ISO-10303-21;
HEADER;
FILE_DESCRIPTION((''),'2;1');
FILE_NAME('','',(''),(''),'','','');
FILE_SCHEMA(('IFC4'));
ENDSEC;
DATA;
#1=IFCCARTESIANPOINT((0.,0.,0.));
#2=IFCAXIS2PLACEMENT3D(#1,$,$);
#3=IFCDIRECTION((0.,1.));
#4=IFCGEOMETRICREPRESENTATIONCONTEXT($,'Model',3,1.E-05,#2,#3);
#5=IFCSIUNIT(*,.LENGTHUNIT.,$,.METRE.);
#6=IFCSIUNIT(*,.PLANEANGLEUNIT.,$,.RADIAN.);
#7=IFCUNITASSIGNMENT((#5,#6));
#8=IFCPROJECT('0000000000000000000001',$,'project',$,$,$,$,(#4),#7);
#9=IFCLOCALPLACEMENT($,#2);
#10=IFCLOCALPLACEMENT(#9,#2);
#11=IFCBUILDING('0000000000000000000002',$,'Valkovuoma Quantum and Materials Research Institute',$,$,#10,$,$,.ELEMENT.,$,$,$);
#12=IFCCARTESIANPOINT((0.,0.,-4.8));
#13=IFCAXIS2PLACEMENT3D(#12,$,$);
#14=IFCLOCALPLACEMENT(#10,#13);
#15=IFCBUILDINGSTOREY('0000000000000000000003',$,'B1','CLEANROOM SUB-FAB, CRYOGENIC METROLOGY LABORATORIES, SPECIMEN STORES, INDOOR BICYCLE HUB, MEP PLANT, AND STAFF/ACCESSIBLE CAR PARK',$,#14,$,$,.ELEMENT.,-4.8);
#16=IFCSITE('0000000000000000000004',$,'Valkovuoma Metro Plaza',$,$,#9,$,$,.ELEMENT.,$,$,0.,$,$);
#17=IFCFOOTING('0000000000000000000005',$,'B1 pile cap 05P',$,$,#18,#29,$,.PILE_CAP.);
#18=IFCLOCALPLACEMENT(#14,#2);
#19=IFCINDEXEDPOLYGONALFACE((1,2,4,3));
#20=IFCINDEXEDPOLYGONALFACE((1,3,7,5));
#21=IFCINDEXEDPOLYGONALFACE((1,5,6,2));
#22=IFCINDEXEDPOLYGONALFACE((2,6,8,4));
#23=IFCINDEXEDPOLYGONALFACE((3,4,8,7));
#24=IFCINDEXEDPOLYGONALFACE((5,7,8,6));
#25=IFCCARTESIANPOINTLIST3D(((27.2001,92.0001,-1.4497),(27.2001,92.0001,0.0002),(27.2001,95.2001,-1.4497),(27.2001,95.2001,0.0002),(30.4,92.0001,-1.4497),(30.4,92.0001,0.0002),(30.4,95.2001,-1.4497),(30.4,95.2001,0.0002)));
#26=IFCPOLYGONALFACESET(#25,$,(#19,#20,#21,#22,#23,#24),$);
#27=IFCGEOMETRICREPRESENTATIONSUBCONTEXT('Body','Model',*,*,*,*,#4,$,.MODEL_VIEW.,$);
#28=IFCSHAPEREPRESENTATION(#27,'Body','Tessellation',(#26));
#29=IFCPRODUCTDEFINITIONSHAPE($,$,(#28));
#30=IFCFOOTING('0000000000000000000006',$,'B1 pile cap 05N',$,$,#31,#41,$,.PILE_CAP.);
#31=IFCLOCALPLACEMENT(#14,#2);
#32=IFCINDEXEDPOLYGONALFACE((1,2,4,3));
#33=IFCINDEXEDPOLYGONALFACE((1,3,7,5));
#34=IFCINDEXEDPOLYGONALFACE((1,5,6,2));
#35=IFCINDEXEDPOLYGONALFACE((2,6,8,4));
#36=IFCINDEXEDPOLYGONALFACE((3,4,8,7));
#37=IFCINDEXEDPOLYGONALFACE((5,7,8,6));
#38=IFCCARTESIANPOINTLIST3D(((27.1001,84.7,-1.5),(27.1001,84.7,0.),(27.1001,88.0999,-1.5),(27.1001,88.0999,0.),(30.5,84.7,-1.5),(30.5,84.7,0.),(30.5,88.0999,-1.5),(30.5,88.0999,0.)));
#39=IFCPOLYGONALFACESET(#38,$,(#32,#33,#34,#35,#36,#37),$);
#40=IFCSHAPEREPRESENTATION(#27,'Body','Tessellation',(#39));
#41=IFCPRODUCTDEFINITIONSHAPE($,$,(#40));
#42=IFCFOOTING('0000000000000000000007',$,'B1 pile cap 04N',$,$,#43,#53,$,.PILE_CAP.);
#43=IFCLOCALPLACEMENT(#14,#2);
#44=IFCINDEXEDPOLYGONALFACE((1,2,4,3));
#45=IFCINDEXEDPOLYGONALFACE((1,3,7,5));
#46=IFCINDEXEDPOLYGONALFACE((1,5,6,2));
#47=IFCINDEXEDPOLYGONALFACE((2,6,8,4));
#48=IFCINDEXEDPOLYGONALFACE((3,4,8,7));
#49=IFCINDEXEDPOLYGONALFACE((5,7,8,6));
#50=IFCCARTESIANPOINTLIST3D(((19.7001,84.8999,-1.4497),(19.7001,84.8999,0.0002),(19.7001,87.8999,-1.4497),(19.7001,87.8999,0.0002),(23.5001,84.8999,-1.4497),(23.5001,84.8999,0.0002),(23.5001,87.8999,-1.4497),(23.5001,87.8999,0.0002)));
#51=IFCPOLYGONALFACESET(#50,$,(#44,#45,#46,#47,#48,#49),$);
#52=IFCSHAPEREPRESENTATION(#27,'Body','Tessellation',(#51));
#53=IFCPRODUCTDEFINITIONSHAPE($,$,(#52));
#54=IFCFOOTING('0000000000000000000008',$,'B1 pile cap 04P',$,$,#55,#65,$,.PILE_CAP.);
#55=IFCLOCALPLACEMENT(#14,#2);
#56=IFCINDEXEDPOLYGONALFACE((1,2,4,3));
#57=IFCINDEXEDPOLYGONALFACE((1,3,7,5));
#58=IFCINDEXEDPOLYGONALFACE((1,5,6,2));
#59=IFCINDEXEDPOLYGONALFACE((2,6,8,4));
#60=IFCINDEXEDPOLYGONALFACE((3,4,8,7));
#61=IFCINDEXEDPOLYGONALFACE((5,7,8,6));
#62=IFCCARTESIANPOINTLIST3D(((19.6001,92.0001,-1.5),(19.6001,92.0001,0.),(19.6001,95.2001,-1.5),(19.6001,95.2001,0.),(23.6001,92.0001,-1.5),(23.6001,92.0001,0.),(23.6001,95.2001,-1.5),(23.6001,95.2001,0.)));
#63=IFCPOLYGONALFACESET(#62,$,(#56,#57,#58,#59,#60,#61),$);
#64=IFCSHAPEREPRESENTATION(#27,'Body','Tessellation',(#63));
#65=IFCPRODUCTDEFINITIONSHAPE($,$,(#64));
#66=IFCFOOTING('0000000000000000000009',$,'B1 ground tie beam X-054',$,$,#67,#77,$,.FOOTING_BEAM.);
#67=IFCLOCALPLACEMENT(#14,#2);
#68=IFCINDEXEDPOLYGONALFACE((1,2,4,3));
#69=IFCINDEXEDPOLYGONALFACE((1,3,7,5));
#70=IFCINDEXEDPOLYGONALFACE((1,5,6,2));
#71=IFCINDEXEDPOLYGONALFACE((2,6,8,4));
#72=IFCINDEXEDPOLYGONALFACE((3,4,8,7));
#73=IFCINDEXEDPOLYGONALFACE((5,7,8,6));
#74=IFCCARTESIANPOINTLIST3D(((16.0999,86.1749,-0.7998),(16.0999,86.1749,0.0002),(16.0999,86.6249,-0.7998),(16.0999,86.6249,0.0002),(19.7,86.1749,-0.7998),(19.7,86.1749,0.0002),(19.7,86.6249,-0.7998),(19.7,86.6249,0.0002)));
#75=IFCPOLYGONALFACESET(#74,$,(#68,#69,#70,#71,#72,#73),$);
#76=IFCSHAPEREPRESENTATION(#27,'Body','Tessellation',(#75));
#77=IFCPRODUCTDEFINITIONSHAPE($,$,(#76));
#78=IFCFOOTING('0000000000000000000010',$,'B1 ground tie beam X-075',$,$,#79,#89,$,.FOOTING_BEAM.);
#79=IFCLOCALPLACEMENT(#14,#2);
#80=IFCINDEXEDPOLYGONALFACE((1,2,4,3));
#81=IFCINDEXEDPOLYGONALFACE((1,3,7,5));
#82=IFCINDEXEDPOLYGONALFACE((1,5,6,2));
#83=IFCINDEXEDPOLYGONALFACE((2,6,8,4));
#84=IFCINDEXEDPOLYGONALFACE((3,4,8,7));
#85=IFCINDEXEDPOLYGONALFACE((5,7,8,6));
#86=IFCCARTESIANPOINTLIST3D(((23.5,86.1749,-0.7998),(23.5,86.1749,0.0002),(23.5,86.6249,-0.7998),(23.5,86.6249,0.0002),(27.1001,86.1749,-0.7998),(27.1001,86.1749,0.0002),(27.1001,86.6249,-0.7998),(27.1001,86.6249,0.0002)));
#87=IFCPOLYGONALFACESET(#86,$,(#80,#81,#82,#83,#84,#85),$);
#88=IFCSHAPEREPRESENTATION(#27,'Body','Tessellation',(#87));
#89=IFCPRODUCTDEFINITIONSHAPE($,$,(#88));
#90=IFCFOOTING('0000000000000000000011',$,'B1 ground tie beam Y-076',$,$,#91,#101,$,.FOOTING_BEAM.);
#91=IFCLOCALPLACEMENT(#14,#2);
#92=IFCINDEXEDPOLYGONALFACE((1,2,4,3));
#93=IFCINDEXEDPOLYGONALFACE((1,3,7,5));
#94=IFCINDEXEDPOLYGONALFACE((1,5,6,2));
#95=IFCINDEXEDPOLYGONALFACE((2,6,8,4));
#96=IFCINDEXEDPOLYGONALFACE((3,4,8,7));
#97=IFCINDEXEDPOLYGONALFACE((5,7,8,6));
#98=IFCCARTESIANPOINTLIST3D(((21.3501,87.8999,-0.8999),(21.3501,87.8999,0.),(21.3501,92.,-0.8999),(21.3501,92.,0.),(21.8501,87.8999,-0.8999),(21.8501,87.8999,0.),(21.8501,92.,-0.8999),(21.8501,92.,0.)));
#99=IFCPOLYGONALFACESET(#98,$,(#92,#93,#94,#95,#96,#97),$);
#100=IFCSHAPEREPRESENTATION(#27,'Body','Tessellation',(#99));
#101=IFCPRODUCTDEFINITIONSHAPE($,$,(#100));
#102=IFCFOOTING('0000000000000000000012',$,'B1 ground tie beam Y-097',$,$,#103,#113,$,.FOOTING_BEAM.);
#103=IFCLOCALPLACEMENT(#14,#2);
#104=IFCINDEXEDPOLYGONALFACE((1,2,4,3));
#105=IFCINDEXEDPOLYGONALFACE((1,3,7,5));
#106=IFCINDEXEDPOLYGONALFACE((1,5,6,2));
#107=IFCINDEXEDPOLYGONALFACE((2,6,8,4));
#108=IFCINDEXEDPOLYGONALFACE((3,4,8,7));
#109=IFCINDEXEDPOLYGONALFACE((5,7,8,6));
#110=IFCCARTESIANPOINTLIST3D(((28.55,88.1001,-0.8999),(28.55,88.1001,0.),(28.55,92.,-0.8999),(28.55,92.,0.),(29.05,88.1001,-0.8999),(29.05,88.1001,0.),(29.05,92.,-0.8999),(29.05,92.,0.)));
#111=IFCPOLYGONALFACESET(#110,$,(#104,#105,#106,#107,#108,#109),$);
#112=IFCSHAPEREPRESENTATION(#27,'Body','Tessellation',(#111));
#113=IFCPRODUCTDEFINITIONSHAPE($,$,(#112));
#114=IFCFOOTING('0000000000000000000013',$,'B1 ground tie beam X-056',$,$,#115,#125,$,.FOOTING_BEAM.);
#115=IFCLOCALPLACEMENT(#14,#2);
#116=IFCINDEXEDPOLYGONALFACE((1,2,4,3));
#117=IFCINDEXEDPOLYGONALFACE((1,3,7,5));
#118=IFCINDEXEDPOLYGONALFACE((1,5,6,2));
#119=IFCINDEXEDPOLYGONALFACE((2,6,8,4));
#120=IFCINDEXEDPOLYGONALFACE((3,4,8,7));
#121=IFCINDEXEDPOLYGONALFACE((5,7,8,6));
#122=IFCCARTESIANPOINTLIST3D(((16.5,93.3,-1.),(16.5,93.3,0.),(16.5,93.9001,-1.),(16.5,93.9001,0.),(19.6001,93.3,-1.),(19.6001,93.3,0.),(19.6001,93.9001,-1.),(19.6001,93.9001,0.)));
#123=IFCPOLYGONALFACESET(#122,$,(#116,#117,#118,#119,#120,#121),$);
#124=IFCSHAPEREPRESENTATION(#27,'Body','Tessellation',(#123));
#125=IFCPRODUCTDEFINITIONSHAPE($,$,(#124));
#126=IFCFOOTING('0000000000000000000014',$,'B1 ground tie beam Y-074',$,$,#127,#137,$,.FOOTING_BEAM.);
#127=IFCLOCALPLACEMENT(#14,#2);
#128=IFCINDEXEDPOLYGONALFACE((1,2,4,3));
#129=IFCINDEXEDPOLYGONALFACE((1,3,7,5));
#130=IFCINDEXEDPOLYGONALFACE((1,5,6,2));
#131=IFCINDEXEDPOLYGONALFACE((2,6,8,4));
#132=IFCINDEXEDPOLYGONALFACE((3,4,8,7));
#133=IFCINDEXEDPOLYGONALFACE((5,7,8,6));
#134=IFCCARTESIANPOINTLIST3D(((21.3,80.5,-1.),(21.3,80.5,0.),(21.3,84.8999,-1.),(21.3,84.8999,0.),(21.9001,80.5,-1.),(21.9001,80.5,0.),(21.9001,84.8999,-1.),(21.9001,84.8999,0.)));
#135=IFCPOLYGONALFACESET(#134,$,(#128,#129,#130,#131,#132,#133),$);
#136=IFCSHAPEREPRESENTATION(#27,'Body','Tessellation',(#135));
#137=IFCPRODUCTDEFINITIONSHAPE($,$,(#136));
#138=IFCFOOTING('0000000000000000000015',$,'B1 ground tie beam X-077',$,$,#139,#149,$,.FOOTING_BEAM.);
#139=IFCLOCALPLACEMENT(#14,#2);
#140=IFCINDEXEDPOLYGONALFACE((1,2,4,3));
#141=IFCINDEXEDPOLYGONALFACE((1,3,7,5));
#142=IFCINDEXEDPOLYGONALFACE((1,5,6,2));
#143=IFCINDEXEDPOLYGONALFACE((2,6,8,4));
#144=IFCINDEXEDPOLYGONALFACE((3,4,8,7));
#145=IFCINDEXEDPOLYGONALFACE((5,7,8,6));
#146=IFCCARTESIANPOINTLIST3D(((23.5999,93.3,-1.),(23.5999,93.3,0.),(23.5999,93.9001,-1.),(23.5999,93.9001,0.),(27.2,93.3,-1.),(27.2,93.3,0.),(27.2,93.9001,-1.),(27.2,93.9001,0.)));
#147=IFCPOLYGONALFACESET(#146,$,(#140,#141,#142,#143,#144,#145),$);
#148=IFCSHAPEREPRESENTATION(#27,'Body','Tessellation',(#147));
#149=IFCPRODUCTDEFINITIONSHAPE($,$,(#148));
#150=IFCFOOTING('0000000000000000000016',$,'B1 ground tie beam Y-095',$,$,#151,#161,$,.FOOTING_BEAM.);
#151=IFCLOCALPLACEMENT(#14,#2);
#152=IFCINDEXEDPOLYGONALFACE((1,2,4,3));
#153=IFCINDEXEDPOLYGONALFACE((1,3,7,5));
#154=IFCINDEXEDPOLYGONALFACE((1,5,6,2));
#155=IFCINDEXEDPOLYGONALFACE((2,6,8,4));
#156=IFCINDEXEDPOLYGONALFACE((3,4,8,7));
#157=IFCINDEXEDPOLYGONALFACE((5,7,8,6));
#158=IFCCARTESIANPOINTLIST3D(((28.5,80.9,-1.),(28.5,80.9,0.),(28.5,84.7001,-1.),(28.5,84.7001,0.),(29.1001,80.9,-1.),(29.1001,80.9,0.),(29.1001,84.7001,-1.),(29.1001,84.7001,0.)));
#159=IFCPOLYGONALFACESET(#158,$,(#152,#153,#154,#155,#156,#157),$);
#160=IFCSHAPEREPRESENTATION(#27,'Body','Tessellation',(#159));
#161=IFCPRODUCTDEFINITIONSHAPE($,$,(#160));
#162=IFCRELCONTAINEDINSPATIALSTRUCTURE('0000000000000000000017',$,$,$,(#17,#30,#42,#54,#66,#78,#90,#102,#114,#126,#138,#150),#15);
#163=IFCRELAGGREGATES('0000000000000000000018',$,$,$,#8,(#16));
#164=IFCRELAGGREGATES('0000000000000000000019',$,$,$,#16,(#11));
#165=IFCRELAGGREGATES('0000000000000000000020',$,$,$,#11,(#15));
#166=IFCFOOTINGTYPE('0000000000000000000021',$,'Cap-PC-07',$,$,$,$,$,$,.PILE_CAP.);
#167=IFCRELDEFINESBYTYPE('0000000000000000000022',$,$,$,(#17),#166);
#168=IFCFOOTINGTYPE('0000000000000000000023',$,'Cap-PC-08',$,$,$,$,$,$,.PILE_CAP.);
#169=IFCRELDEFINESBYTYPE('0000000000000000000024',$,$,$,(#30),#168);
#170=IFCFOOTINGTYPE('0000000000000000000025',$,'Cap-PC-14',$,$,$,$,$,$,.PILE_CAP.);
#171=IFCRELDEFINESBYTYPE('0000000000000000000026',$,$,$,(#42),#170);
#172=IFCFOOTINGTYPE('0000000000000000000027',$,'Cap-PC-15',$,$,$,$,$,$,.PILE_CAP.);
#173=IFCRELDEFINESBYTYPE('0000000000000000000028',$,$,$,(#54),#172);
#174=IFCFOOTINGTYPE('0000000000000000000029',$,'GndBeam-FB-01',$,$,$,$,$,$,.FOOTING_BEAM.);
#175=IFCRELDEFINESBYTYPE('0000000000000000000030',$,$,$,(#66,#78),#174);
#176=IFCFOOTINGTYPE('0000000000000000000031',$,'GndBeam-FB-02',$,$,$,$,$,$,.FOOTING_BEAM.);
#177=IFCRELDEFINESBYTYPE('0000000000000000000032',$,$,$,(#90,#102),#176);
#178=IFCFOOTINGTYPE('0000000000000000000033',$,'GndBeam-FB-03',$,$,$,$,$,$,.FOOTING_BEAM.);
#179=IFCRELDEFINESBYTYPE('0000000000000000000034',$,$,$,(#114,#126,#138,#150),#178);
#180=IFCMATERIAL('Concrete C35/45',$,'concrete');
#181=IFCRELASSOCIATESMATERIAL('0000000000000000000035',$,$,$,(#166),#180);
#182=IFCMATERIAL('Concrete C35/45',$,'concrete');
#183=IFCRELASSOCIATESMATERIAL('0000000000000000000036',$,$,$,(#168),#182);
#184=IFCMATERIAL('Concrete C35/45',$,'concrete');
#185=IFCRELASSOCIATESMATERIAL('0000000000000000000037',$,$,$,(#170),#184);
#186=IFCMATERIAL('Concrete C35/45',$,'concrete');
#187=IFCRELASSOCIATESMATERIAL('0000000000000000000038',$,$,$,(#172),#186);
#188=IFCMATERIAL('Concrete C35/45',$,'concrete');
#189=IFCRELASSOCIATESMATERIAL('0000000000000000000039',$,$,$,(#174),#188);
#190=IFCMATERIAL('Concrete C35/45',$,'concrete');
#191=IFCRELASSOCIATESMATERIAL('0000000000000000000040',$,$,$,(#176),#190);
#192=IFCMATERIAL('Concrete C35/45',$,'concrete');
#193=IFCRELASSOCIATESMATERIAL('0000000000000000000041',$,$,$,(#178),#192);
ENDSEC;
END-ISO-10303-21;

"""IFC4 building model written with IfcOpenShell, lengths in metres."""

from ifc_helpers import new_model, si_unit, direction, frame, origin, origin_2d, place, context, subcontext, project, spatial, rectangle, extrude, material, type_object, element, save


model = new_model("IFC4")

# Units and contexts
model_context = context("Model", 3, precision=1e-05, world=origin(), true_north=direction((0.0, 1.0)))
body_context = subcontext(model_context, "Body", "Model", "MODEL_VIEW")
ifc_project = project(units=[si_unit("LENGTHUNIT", "METRE"), si_unit("PLANEANGLEUNIT", "RADIAN")], contexts=[model_context])

# Site, building, storey
site_placement = place(None, origin())
site = spatial("IfcSite", under=ifc_project, at=site_placement, Name="Valkovuoma Metro Plaza", CompositionType="ELEMENT", RefElevation=0.0)
building_placement = place(site_placement, origin())
building = spatial("IfcBuilding", under=site, at=building_placement, Name="Valkovuoma Quantum and Materials Research Institute", CompositionType="ELEMENT")
storey_placement = place(building_placement, frame((0.0, 0.0, -4.8)))
storey = spatial("IfcBuildingStorey", under=building, at=storey_placement, Name="B1", Description="CLEANROOM SUB-FAB, CRYOGENIC METROLOGY LABORATORIES, SPECIMEN STORES, INDOOR BICYCLE HUB, MEP PLANT, AND STAFF/ACCESSIBLE CAR PARK", CompositionType="ELEMENT", Elevation=-4.8)

# Footings
ifc_material_1 = material(Name="Concrete C35/45", Category="concrete")
footing_type_1 = type_object("IfcFootingType", Name="Cap-PC-07", PredefinedType="PILE_CAP", material=ifc_material_1)
footing_1_placement = place(storey_placement, frame((28.8, 93.6001, -1.4497), z_axis=(0.0, 0.0, 1.0), x_axis=(1.0, 0.0, 0.0)))
element("IfcFooting", 1, at=footing_1_placement, inside=storey, type_object=footing_type_1, Name="B1 pile cap 05P", PredefinedType="PILE_CAP", context=body_context, shape_type="SweptSolid", body=[
    extrude(rectangle(XDim=3.2, YDim=3.2, at=origin_2d()), origin(), (0.0, 0.0, 1.0), 1.45),
])
ifc_material_2 = material(Name="Concrete C35/45", Category="concrete")
footing_type_2 = type_object("IfcFootingType", Name="Cap-PC-08", PredefinedType="PILE_CAP", material=ifc_material_2)
footing_2_placement = place(storey_placement, frame((28.8, 86.3999, -1.5), z_axis=(0.0, 0.0, 1.0), x_axis=(1.0, 0.0, 0.0)))
element("IfcFooting", 2, at=footing_2_placement, inside=storey, type_object=footing_type_2, Name="B1 pile cap 05N", PredefinedType="PILE_CAP", context=body_context, shape_type="SweptSolid", body=[
    extrude(rectangle(XDim=3.3999, YDim=3.3999, at=origin_2d()), origin(), (0.0, 0.0, 1.0), 1.5),
])
ifc_material_3 = material(Name="Concrete C35/45", Category="concrete")
footing_type_3 = type_object("IfcFootingType", Name="Cap-PC-14", PredefinedType="PILE_CAP", material=ifc_material_3)
footing_3_placement = place(storey_placement, frame((21.6001, 86.3999, -1.4497), z_axis=(0.0, 0.0, 1.0), x_axis=(1.0, 0.0, 0.0)))
element("IfcFooting", 3, at=footing_3_placement, inside=storey, type_object=footing_type_3, Name="B1 pile cap 04N", PredefinedType="PILE_CAP", context=body_context, shape_type="SweptSolid", body=[
    extrude(rectangle(XDim=3.8, YDim=3.0, at=origin_2d()), origin(), (0.0, 0.0, 1.0), 1.45),
])
ifc_material_4 = material(Name="Concrete C35/45", Category="concrete")
footing_type_4 = type_object("IfcFootingType", Name="Cap-PC-15", PredefinedType="PILE_CAP", material=ifc_material_4)
footing_4_placement = place(storey_placement, frame((21.6001, 93.6001, -1.5), z_axis=(0.0, 0.0, 1.0), x_axis=(1.0, 0.0, 0.0)))
element("IfcFooting", 4, at=footing_4_placement, inside=storey, type_object=footing_type_4, Name="B1 pile cap 04P", PredefinedType="PILE_CAP", context=body_context, shape_type="SweptSolid", body=[
    extrude(rectangle(XDim=4.0, YDim=3.2, at=origin_2d()), origin(), (0.0, 0.0, 1.0), 1.5),
])
ifc_material_5 = material(Name="Concrete C35/45", Category="concrete")
footing_type_5 = type_object("IfcFootingType", Name="GndBeam-FB-01", PredefinedType="FOOTING_BEAM", material=ifc_material_5)
for number, where, z_axis, x_axis, name in (
    (5, (17.8999, 86.3999, -0.7998), (0.0, 0.0, 1.0), (1.0, 0.0, 0.0), "B1 ground tie beam X-054"),
    (6, (25.3, 86.3999, -0.7998), (0.0, 0.0, 1.0), (1.0, 0.0, 0.0), "B1 ground tie beam X-075"),
):
    element("IfcFooting", number, at=place(storey_placement, frame(where, z_axis=z_axis, x_axis=x_axis)), inside=storey, type_object=footing_type_5, Name=name, PredefinedType="FOOTING_BEAM", context=body_context, shape_type="SweptSolid", body=[
        extrude(rectangle(XDim=3.6001, YDim=0.45, at=origin_2d()), origin(), (0.0, 0.0, 1.0), 0.8),
    ])
ifc_material_6 = material(Name="Concrete C35/45", Category="concrete")
footing_type_6 = type_object("IfcFootingType", Name="GndBeam-FB-02", PredefinedType="FOOTING_BEAM", material=ifc_material_6)
footing_5_placement = place(storey_placement, frame((21.6001, 89.95, -0.8999), z_axis=(0.0, 0.0, 1.0), x_axis=(0.0, 1.0, 0.0)))
element("IfcFooting", 7, at=footing_5_placement, inside=storey, type_object=footing_type_6, Name="B1 ground tie beam Y-076", PredefinedType="FOOTING_BEAM", context=body_context, shape_type="SweptSolid", body=[
    extrude(rectangle(XDim=4.1001, YDim=0.5, at=origin_2d()), origin(), (0.0, 0.0, 1.0), 0.8999),
])
footing_6_placement = place(storey_placement, frame((28.8, 90.05, -0.8999), z_axis=(0.0, 0.0, 1.0), x_axis=(0.0, 1.0, 0.0)))
element("IfcFooting", 8, at=footing_6_placement, inside=storey, type_object=footing_type_6, Name="B1 ground tie beam Y-097", PredefinedType="FOOTING_BEAM", context=body_context, shape_type="SweptSolid", body=[
    extrude(rectangle(XDim=3.8999, YDim=0.5, at=origin_2d()), origin(), (0.0, 0.0, 1.0), 0.8999),
])
ifc_material_7 = material(Name="Concrete C35/45", Category="concrete")
footing_type_7 = type_object("IfcFootingType", Name="GndBeam-FB-03", PredefinedType="FOOTING_BEAM", material=ifc_material_7)
footing_7_placement = place(storey_placement, frame((18.05, 93.6001, -1.0), z_axis=(0.0, 0.0, 1.0), x_axis=(1.0, 0.0, 0.0)))
element("IfcFooting", 9, at=footing_7_placement, inside=storey, type_object=footing_type_7, Name="B1 ground tie beam X-056", PredefinedType="FOOTING_BEAM", context=body_context, shape_type="SweptSolid", body=[
    extrude(rectangle(XDim=3.1001, YDim=0.6001, at=origin_2d()), origin(), (0.0, 0.0, 1.0), 1.0),
])
footing_8_placement = place(storey_placement, frame((21.6001, 82.7, -1.0), z_axis=(0.0, 0.0, 1.0), x_axis=(0.0, 1.0, 0.0)))
element("IfcFooting", 10, at=footing_8_placement, inside=storey, type_object=footing_type_7, Name="B1 ground tie beam Y-074", PredefinedType="FOOTING_BEAM", context=body_context, shape_type="SweptSolid", body=[
    extrude(rectangle(XDim=4.3999, YDim=0.6001, at=origin_2d()), origin(), (0.0, 0.0, 1.0), 1.0),
])
footing_9_placement = place(storey_placement, frame((25.3999, 93.6001, -1.0), z_axis=(0.0, 0.0, 1.0), x_axis=(1.0, 0.0, 0.0)))
element("IfcFooting", 11, at=footing_9_placement, inside=storey, type_object=footing_type_7, Name="B1 ground tie beam X-077", PredefinedType="FOOTING_BEAM", context=body_context, shape_type="SweptSolid", body=[
    extrude(rectangle(XDim=3.6001, YDim=0.6001, at=origin_2d()), origin(), (0.0, 0.0, 1.0), 1.0),
])
footing_10_placement = place(storey_placement, frame((28.8, 82.8, -1.0), z_axis=(0.0, 0.0, 1.0), x_axis=(0.0, 1.0, 0.0)))
element("IfcFooting", 12, at=footing_10_placement, inside=storey, type_object=footing_type_7, Name="B1 ground tie beam Y-095", PredefinedType="FOOTING_BEAM", context=body_context, shape_type="SweptSolid", body=[
    extrude(rectangle(XDim=3.8, YDim=0.6001, at=origin_2d()), origin(), (0.0, 0.0, 1.0), 1.0),
])

save(model, "model.ifc")
